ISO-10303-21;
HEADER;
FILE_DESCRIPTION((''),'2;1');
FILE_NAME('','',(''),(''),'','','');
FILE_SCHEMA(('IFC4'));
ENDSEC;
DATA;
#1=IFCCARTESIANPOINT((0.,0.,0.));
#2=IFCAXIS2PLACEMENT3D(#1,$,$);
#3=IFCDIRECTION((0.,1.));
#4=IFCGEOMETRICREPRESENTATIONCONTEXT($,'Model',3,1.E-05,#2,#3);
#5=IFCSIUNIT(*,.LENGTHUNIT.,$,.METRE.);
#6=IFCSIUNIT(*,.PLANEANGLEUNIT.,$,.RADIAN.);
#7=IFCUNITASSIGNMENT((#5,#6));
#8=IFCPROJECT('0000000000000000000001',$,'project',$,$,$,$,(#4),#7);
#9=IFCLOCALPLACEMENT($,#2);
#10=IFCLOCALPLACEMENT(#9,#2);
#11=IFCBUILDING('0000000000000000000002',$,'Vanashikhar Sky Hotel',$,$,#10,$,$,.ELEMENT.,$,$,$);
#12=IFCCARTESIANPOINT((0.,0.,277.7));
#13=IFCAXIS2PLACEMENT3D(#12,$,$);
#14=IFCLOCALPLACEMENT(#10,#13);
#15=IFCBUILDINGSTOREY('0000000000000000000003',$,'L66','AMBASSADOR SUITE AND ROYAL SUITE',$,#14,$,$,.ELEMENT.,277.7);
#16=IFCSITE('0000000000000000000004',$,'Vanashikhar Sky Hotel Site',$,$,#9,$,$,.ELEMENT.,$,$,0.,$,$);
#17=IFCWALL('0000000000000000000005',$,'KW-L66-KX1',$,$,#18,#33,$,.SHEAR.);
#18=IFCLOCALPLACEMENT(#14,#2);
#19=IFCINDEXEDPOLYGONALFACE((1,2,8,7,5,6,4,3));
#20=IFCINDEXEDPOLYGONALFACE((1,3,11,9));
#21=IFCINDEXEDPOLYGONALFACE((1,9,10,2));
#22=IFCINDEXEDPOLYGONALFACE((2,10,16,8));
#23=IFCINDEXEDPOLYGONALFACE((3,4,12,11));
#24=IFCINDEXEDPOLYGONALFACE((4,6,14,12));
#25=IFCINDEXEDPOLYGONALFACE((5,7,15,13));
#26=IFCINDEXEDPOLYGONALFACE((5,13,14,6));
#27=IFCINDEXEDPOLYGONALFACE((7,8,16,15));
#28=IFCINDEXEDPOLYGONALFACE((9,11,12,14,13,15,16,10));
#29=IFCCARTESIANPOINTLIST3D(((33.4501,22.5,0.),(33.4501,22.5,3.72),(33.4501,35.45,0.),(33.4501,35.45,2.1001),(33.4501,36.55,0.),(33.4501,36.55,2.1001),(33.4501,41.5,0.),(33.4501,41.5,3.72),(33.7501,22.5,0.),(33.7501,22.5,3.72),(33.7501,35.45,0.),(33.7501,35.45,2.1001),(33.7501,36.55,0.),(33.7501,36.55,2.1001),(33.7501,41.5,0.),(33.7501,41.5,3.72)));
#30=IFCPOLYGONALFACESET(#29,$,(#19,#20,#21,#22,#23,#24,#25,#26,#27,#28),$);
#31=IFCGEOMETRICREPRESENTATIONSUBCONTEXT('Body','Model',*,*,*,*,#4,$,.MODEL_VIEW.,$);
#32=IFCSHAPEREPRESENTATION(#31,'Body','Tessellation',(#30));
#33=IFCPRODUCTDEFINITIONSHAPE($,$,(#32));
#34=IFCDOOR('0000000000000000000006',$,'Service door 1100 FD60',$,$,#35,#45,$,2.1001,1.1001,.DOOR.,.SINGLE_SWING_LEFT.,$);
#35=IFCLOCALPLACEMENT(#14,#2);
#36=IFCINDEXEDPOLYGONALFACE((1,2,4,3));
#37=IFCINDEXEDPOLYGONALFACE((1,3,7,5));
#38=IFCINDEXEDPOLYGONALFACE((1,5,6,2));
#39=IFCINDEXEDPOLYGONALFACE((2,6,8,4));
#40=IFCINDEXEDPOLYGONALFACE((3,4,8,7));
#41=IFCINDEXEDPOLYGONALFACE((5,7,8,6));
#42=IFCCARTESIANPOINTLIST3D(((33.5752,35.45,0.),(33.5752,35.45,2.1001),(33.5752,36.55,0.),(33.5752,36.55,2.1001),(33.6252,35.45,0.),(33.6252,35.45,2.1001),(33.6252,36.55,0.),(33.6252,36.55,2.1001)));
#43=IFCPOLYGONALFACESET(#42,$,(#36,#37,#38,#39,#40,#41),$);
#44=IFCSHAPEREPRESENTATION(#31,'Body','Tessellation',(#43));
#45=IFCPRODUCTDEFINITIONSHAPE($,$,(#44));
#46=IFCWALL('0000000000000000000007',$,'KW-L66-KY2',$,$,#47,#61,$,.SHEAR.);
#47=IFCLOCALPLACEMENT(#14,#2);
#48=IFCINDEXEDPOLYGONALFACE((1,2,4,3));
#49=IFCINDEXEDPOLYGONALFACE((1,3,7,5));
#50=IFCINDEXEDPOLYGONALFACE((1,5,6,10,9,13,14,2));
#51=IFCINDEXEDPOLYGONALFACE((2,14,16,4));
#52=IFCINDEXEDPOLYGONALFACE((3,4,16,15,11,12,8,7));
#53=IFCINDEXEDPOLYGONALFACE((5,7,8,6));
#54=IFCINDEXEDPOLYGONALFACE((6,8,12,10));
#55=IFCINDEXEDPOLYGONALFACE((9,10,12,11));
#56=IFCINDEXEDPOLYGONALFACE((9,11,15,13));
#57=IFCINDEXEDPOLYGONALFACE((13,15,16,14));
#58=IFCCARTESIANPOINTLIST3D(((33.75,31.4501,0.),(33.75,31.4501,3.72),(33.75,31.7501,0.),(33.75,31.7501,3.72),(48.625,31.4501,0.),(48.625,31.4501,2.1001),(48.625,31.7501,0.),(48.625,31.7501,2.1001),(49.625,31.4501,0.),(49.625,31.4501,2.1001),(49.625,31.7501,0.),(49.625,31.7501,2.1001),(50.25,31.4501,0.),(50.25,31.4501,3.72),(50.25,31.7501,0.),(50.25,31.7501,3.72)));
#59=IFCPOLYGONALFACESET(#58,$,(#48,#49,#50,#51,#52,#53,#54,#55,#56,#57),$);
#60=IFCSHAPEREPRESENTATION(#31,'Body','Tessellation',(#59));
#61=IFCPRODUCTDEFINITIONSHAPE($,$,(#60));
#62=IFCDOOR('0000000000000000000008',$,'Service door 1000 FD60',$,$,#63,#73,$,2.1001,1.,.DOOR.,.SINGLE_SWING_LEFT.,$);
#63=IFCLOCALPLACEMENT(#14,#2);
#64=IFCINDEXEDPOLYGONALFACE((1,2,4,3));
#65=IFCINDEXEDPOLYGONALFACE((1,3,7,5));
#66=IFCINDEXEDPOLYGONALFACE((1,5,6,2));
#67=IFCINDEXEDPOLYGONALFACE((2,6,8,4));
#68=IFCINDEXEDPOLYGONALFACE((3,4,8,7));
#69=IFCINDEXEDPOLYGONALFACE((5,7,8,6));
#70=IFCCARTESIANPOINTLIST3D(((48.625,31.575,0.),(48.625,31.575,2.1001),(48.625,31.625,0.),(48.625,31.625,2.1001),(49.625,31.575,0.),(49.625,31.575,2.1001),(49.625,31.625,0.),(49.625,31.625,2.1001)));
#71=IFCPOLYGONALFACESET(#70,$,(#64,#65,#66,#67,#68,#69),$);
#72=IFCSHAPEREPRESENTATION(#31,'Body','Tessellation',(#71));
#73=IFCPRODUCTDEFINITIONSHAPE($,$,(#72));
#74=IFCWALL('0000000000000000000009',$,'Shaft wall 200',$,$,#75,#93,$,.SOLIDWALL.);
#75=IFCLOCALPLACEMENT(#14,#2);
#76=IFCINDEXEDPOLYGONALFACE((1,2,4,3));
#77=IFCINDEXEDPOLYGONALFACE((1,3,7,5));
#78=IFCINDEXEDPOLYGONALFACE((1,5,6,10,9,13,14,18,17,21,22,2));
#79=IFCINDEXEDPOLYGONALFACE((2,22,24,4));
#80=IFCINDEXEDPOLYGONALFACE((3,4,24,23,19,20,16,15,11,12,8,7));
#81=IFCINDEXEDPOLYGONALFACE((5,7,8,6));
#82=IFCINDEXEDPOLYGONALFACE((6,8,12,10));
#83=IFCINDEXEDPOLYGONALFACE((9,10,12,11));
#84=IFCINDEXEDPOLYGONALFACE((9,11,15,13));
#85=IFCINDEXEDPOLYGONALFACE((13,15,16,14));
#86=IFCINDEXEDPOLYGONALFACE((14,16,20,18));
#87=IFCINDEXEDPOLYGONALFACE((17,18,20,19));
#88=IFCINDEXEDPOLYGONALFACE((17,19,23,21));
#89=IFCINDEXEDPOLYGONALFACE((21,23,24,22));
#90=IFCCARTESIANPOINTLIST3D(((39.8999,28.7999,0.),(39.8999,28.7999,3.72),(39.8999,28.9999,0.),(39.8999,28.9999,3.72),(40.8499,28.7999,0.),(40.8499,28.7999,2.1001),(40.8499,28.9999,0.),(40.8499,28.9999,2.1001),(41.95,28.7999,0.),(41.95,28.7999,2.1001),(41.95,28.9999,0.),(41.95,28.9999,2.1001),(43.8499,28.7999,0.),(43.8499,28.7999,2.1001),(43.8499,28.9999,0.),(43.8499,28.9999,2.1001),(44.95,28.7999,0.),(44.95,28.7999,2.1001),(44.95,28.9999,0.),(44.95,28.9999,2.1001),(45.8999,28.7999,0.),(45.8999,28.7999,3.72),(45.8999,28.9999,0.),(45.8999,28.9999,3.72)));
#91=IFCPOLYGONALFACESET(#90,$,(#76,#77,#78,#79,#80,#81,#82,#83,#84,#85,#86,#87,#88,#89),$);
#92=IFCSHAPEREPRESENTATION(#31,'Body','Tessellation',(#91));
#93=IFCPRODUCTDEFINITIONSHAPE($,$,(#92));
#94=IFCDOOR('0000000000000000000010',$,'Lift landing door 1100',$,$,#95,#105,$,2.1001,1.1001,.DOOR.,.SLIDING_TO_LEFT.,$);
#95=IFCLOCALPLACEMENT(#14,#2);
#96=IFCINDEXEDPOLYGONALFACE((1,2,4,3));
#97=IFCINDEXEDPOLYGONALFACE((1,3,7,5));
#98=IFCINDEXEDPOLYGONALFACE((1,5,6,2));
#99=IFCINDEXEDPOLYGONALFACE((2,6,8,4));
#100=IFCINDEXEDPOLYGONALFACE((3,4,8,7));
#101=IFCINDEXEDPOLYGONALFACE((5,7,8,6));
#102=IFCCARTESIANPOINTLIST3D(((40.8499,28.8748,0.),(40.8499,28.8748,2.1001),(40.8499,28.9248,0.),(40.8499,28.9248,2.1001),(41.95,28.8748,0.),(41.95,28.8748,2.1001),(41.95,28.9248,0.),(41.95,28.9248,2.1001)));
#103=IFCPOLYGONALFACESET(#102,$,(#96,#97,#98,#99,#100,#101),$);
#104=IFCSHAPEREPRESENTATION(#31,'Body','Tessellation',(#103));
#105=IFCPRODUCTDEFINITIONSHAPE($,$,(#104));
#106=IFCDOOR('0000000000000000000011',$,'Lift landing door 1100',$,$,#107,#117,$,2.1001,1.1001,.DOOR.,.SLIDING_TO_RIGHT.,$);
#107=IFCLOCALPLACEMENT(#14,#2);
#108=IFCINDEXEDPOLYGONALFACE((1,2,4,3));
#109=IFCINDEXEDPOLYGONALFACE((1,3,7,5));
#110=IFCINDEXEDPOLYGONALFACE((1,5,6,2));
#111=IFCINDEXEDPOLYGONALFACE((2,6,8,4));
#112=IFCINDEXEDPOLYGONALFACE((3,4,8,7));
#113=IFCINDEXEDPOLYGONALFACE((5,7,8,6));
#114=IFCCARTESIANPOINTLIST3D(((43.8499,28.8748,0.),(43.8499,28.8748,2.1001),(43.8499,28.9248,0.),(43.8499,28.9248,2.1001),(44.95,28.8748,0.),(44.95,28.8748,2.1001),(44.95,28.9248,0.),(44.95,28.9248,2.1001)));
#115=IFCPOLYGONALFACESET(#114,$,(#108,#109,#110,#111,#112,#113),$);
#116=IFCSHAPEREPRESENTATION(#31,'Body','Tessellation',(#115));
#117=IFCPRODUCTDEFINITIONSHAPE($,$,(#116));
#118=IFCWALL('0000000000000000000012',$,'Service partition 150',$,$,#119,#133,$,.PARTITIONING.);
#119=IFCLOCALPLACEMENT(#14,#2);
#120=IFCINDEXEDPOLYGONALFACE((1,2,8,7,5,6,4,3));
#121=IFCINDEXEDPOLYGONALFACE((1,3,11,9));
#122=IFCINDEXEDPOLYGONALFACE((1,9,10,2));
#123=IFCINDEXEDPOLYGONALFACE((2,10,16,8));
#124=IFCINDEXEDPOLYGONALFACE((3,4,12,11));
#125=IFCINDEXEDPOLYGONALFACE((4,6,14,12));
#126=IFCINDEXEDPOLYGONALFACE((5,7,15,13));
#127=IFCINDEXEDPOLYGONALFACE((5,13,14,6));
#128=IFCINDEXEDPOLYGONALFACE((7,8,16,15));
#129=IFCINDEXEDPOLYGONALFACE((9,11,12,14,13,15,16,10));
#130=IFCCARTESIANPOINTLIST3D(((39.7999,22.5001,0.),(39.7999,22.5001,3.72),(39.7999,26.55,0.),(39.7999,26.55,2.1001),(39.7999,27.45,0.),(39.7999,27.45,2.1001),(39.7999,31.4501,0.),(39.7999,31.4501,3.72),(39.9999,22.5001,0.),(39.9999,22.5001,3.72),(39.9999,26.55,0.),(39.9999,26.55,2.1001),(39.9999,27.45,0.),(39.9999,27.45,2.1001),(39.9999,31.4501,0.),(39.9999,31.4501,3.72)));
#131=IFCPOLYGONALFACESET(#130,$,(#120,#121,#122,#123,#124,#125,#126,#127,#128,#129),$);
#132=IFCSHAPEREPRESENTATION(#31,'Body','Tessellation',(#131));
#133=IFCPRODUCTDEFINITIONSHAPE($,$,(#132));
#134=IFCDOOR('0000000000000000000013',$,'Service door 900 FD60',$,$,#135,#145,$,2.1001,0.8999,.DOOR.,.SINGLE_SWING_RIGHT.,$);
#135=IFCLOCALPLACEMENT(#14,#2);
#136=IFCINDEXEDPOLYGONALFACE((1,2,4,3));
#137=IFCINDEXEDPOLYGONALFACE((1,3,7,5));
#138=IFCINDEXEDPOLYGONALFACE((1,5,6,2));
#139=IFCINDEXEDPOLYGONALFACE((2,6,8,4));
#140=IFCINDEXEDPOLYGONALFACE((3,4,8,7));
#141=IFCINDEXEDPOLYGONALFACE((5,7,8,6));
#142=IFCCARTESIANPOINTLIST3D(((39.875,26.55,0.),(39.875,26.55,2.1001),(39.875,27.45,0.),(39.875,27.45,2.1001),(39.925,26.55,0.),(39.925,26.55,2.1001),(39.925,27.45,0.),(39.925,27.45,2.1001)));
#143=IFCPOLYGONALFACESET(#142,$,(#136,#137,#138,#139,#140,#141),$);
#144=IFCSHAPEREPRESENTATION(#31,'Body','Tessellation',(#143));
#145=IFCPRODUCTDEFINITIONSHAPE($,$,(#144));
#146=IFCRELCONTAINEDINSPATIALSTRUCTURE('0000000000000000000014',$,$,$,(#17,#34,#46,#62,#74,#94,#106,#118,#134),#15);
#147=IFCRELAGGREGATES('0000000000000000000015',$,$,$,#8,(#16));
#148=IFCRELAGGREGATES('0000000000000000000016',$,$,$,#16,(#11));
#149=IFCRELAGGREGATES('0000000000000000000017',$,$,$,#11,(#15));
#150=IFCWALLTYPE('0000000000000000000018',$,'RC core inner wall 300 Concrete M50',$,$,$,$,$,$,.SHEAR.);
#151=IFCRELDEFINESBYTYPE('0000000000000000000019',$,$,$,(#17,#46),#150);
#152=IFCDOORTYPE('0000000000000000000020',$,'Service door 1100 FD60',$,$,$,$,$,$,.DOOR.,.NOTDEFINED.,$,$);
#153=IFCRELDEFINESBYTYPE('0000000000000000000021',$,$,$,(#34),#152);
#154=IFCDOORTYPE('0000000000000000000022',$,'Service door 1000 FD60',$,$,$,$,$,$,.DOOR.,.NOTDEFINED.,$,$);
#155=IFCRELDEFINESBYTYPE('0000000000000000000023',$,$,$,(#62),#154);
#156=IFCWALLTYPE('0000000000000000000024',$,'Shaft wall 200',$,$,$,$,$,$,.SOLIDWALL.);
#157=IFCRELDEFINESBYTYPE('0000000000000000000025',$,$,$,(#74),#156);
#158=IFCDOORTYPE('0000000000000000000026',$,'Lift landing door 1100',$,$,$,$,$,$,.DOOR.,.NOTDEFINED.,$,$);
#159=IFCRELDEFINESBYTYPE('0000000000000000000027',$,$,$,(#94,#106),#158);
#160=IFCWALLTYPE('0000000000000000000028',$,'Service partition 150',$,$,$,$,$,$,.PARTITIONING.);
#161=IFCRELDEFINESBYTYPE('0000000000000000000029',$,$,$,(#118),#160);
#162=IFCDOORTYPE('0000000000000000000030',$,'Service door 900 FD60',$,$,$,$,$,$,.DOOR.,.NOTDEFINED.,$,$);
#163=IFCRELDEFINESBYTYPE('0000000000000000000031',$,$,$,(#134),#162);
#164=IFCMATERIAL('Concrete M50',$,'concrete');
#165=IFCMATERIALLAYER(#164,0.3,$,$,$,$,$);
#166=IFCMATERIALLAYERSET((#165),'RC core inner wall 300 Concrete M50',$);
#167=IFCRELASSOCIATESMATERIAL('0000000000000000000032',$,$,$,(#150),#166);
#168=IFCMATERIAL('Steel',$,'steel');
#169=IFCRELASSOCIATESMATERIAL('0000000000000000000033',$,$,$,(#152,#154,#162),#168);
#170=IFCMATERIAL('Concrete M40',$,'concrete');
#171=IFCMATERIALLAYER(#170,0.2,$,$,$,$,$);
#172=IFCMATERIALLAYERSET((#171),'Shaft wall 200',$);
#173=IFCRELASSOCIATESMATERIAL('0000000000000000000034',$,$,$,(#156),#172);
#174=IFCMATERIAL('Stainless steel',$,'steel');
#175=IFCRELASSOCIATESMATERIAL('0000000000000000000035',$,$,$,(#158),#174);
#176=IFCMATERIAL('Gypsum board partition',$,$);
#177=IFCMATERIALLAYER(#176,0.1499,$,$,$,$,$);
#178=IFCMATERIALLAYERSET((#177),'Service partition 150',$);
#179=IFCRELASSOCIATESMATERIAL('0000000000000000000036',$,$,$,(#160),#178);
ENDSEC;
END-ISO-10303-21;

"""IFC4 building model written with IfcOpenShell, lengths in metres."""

from ifc_helpers import new_model, si_unit, direction, frame, frame_2d, origin, place, context, subcontext, project, spatial, rectangle, extrude, source, transform, mapped, material, layer, layer_set, type_object, element, fill, save


model = new_model("IFC4")

# Units and contexts
model_context = context("Model", 3, precision=1e-05, world=origin(), true_north=direction((0.0, 1.0)))
body_context = subcontext(model_context, "Body", "Model", "MODEL_VIEW")
ifc_project = project(units=[si_unit("LENGTHUNIT", "METRE"), si_unit("PLANEANGLEUNIT", "RADIAN")], contexts=[model_context])

# Site, building, storey
site_placement = place(None, origin())
site = spatial("IfcSite", under=ifc_project, at=site_placement, Name="Vanashikhar Sky Hotel Site", CompositionType="ELEMENT", RefElevation=0.0)
building_placement = place(site_placement, origin())
building = spatial("IfcBuilding", under=site, at=building_placement, Name="Vanashikhar Sky Hotel", CompositionType="ELEMENT")
storey_placement = place(building_placement, frame((0.0, 0.0, 277.7)))
storey = spatial("IfcBuildingStorey", under=building, at=storey_placement, Name="L66", Description="AMBASSADOR SUITE AND ROYAL SUITE", CompositionType="ELEMENT", Elevation=277.7)

# Walls, openings, doors
ifc_material_1 = material(Name="Concrete M50", Category="concrete")
ifc_layer_1 = layer(ifc_material_1, 0.3)
ifc_layer_set_1 = layer_set([ifc_layer_1], Name="RC core inner wall 300 Concrete M50")
wall_type_1 = type_object("IfcWallType", Name="RC core inner wall 300 Concrete M50", PredefinedType="SHEAR", material=ifc_layer_set_1)
shared_shape_1 = source(origin(), body_context, "Body", "SweptSolid", [
    extrude(rectangle(XDim=19.0, YDim=0.3, at=frame_2d((9.5, 0.0))), origin(), (0.0, 0.0, 1.0), 3.72),
])
wall_1_placement = place(storey_placement, frame((33.6001, 22.5, 0.0), z_axis=(0.0, 0.0, 1.0), x_axis=(0.0, 1.0, 0.0)))
wall_1 = element("IfcWall", 1, at=wall_1_placement, inside=storey, type_object=wall_type_1, Name="KW-L66-KX1", PredefinedType="SHEAR", context=body_context, shape_type="MappedRepresentation", body=[
    mapped(shared_shape_1, transform((0.0, 0.0, 0.0), scale=1.0)),
])
shared_shape_2 = source(origin(), body_context, "Body", "SweptSolid", [
    extrude(rectangle(XDim=1.1001, YDim=2.1001, at=frame_2d((0.55, 1.05))), frame((0.0, 0.1602, 0.0), z_axis=(0.0, -1.0, 0.0), x_axis=(1.0, 0.0, 0.0)), (0.0, 0.0, 1.0), 0.3201),
])
opening_1_placement = place(wall_1_placement, frame((12.95, 0.0, 0.0)))
opening_1 = element("IfcOpeningElement", 2, at=opening_1_placement, cuts=wall_1, PredefinedType="OPENING", context=body_context, shape_type="MappedRepresentation", body=[
    mapped(shared_shape_2, transform((0.0, 0.0, 0.0), scale=1.0)),
])
ifc_material_2 = material(Name="Steel", Category="steel")
door_type_1 = type_object("IfcDoorType", Name="Service door 1100 FD60", OperationType="NOTDEFINED", PredefinedType="DOOR", material=ifc_material_2)
shared_shape_3 = source(origin(), body_context, "Body", "SweptSolid", [
    extrude(rectangle(XDim=1.1001, YDim=2.1001, at=frame_2d((0.55, 1.05))), frame((0.0, 0.0249, 0.0), z_axis=(0.0, -1.0, 0.0), x_axis=(1.0, 0.0, 0.0)), (0.0, 0.0, 1.0), 0.05),
])
door_1_placement = place(opening_1_placement, origin())
door_1 = element("IfcDoor", 3, at=door_1_placement, inside=storey, type_object=door_type_1, Name="Service door 1100 FD60", OperationType="SINGLE_SWING_LEFT", OverallHeight=2.1001, OverallWidth=1.1001, PredefinedType="DOOR", context=body_context, shape_type="MappedRepresentation", body=[
    mapped(shared_shape_3, transform((0.0, 0.0, 0.0), scale=1.0)),
])
fill(opening_1, door_1)
shared_shape_4 = source(origin(), body_context, "Body", "SweptSolid", [
    extrude(rectangle(XDim=16.5, YDim=0.3, at=frame_2d((8.25, 0.0))), origin(), (0.0, 0.0, 1.0), 3.72),
])
wall_2_placement = place(storey_placement, frame((33.75, 31.6001, 0.0), z_axis=(0.0, 0.0, 1.0), x_axis=(1.0, 0.0, 0.0)))
wall_2 = element("IfcWall", 4, at=wall_2_placement, inside=storey, type_object=wall_type_1, Name="KW-L66-KY2", PredefinedType="SHEAR", context=body_context, shape_type="MappedRepresentation", body=[
    mapped(shared_shape_4, transform((0.0, 0.0, 0.0), scale=1.0)),
])
shared_shape_5 = source(origin(), body_context, "Body", "SweptSolid", [
    extrude(rectangle(XDim=1.0, YDim=2.1001, at=frame_2d((0.5, 1.05))), frame((0.0, 0.1602, 0.0), z_axis=(0.0, -1.0, 0.0), x_axis=(1.0, 0.0, 0.0)), (0.0, 0.0, 1.0), 0.3201),
])
opening_2_placement = place(wall_2_placement, frame((14.875, 0.0, 0.0)))
opening_2 = element("IfcOpeningElement", 5, at=opening_2_placement, cuts=wall_2, PredefinedType="OPENING", context=body_context, shape_type="MappedRepresentation", body=[
    mapped(shared_shape_5, transform((0.0, 0.0, 0.0), scale=1.0)),
])
door_type_2 = type_object("IfcDoorType", Name="Service door 1000 FD60", OperationType="NOTDEFINED", PredefinedType="DOOR", material=ifc_material_2)
shared_shape_6 = source(origin(), body_context, "Body", "SweptSolid", [
    extrude(rectangle(XDim=1.0, YDim=2.1001, at=frame_2d((0.5, 1.05))), frame((0.0, 0.0249, 0.0), z_axis=(0.0, -1.0, 0.0), x_axis=(1.0, 0.0, 0.0)), (0.0, 0.0, 1.0), 0.05),
])
door_2_placement = place(opening_2_placement, origin())
door_2 = element("IfcDoor", 6, at=door_2_placement, inside=storey, type_object=door_type_2, Name="Service door 1000 FD60", OperationType="SINGLE_SWING_LEFT", OverallHeight=2.1001, OverallWidth=1.0, PredefinedType="DOOR", context=body_context, shape_type="MappedRepresentation", body=[
    mapped(shared_shape_6, transform((0.0, 0.0, 0.0), scale=1.0)),
])
fill(opening_2, door_2)

# Wall, openings, doors
ifc_material_3 = material(Name="Concrete M40", Category="concrete")
ifc_layer_2 = layer(ifc_material_3, 0.2)
ifc_layer_set_2 = layer_set([ifc_layer_2], Name="Shaft wall 200")
wall_type_2 = type_object("IfcWallType", Name="Shaft wall 200", PredefinedType="SOLIDWALL", material=ifc_layer_set_2)
shared_shape_7 = source(origin(), body_context, "Body", "SweptSolid", [
    extrude(rectangle(XDim=6.0, YDim=0.2, at=frame_2d((3.0, 0.0))), origin(), (0.0, 0.0, 1.0), 3.72),
])
wall_3_placement = place(storey_placement, frame((39.8999, 28.8999, 0.0), z_axis=(0.0, 0.0, 1.0), x_axis=(1.0, 0.0, 0.0)))
wall_3 = element("IfcWall", 7, at=wall_3_placement, inside=storey, type_object=wall_type_2, Name="Shaft wall 200", PredefinedType="SOLIDWALL", context=body_context, shape_type="MappedRepresentation", body=[
    mapped(shared_shape_7, transform((0.0, 0.0, 0.0), scale=1.0)),
])
shared_shape_8 = source(origin(), body_context, "Body", "SweptSolid", [
    extrude(rectangle(XDim=1.1001, YDim=2.1001, at=frame_2d((0.55, 1.05))), frame((0.0, 0.1099, 0.0), z_axis=(0.0, -1.0, 0.0), x_axis=(1.0, 0.0, 0.0)), (0.0, 0.0, 1.0), 0.22),
])
opening_3_placement = place(wall_3_placement, frame((0.95, 0.0, 0.0)))
opening_3 = element("IfcOpeningElement", 8, at=opening_3_placement, cuts=wall_3, PredefinedType="OPENING", context=body_context, shape_type="MappedRepresentation", body=[
    mapped(shared_shape_8, transform((0.0, 0.0, 0.0), scale=1.0)),
])
opening_4_placement = place(wall_3_placement, frame((3.95, 0.0, 0.0)))
opening_4 = element("IfcOpeningElement", 9, at=opening_4_placement, cuts=wall_3, PredefinedType="OPENING", context=body_context, shape_type="MappedRepresentation", body=[
    mapped(shared_shape_8, transform((0.0, 0.0, 0.0), scale=1.0)),
])
ifc_material_4 = material(Name="Stainless steel", Category="steel")
door_type_3 = type_object("IfcDoorType", Name="Lift landing door 1100", OperationType="NOTDEFINED", PredefinedType="DOOR", material=ifc_material_4)
door_3_placement = place(opening_3_placement, origin())
door_3 = element("IfcDoor", 10, at=door_3_placement, inside=storey, type_object=door_type_3, Name="Lift landing door 1100", OperationType="SLIDING_TO_LEFT", OverallHeight=2.1001, OverallWidth=1.1001, PredefinedType="DOOR", context=body_context, shape_type="MappedRepresentation", body=[
    mapped(shared_shape_3, transform((0.0, 0.0, 0.0), scale=1.0)),
])
fill(opening_3, door_3)
door_4_placement = place(opening_4_placement, origin())
door_4 = element("IfcDoor", 11, at=door_4_placement, inside=storey, type_object=door_type_3, Name="Lift landing door 1100", OperationType="SLIDING_TO_RIGHT", OverallHeight=2.1001, OverallWidth=1.1001, PredefinedType="DOOR", context=body_context, shape_type="MappedRepresentation", body=[
    mapped(shared_shape_3, transform((0.0, 0.0, 0.0), scale=1.0)),
])
fill(opening_4, door_4)

# Wall, opening, door
ifc_material_5 = material(Name="Gypsum board partition")
ifc_layer_3 = layer(ifc_material_5, 0.1499)
ifc_layer_set_3 = layer_set([ifc_layer_3], Name="Service partition 150")
wall_type_3 = type_object("IfcWallType", Name="Service partition 150", PredefinedType="PARTITIONING", material=ifc_layer_set_3)
shared_shape_9 = source(origin(), body_context, "Body", "SweptSolid", [
    extrude(rectangle(XDim=8.95, YDim=0.2, at=frame_2d((4.4751, 0.0))), origin(), (0.0, 0.0, 1.0), 3.72),
])
wall_4_placement = place(storey_placement, frame((39.8999, 22.5, 0.0), z_axis=(0.0, 0.0, 1.0), x_axis=(0.0, 1.0, 0.0)))
wall_4 = element("IfcWall", 12, at=wall_4_placement, inside=storey, type_object=wall_type_3, Name="Service partition 150", PredefinedType="PARTITIONING", context=body_context, shape_type="MappedRepresentation", body=[
    mapped(shared_shape_9, transform((0.0, 0.0, 0.0), scale=1.0)),
])
shared_shape_10 = source(origin(), body_context, "Body", "SweptSolid", [
    extrude(rectangle(XDim=0.8999, YDim=2.1001, at=frame_2d((0.45, 1.05))), frame((0.0, 0.1099, 0.0), z_axis=(0.0, -1.0, 0.0), x_axis=(1.0, 0.0, 0.0)), (0.0, 0.0, 1.0), 0.22),
])
opening_5_placement = place(wall_4_placement, frame((4.05, 0.0, 0.0)))
opening_5 = element("IfcOpeningElement", 13, at=opening_5_placement, cuts=wall_4, PredefinedType="OPENING", context=body_context, shape_type="MappedRepresentation", body=[
    mapped(shared_shape_10, transform((0.0, 0.0, 0.0), scale=1.0)),
])
door_type_4 = type_object("IfcDoorType", Name="Service door 900 FD60", OperationType="NOTDEFINED", PredefinedType="DOOR", material=ifc_material_2)
shared_shape_11 = source(origin(), body_context, "Body", "SweptSolid", [
    extrude(rectangle(XDim=0.8999, YDim=2.1001, at=frame_2d((0.45, 1.05))), frame((0.0, 0.0249, 0.0), z_axis=(0.0, -1.0, 0.0), x_axis=(1.0, 0.0, 0.0)), (0.0, 0.0, 1.0), 0.05),
])
door_5_placement = place(opening_5_placement, origin())
door_5 = element("IfcDoor", 14, at=door_5_placement, inside=storey, type_object=door_type_4, Name="Service door 900 FD60", OperationType="SINGLE_SWING_RIGHT", OverallHeight=2.1001, OverallWidth=0.8999, PredefinedType="DOOR", context=body_context, shape_type="MappedRepresentation", body=[
    mapped(shared_shape_11, transform((0.0, 0.0, 0.0), scale=1.0)),
])
fill(opening_5, door_5)

save(model, "model.ifc")
